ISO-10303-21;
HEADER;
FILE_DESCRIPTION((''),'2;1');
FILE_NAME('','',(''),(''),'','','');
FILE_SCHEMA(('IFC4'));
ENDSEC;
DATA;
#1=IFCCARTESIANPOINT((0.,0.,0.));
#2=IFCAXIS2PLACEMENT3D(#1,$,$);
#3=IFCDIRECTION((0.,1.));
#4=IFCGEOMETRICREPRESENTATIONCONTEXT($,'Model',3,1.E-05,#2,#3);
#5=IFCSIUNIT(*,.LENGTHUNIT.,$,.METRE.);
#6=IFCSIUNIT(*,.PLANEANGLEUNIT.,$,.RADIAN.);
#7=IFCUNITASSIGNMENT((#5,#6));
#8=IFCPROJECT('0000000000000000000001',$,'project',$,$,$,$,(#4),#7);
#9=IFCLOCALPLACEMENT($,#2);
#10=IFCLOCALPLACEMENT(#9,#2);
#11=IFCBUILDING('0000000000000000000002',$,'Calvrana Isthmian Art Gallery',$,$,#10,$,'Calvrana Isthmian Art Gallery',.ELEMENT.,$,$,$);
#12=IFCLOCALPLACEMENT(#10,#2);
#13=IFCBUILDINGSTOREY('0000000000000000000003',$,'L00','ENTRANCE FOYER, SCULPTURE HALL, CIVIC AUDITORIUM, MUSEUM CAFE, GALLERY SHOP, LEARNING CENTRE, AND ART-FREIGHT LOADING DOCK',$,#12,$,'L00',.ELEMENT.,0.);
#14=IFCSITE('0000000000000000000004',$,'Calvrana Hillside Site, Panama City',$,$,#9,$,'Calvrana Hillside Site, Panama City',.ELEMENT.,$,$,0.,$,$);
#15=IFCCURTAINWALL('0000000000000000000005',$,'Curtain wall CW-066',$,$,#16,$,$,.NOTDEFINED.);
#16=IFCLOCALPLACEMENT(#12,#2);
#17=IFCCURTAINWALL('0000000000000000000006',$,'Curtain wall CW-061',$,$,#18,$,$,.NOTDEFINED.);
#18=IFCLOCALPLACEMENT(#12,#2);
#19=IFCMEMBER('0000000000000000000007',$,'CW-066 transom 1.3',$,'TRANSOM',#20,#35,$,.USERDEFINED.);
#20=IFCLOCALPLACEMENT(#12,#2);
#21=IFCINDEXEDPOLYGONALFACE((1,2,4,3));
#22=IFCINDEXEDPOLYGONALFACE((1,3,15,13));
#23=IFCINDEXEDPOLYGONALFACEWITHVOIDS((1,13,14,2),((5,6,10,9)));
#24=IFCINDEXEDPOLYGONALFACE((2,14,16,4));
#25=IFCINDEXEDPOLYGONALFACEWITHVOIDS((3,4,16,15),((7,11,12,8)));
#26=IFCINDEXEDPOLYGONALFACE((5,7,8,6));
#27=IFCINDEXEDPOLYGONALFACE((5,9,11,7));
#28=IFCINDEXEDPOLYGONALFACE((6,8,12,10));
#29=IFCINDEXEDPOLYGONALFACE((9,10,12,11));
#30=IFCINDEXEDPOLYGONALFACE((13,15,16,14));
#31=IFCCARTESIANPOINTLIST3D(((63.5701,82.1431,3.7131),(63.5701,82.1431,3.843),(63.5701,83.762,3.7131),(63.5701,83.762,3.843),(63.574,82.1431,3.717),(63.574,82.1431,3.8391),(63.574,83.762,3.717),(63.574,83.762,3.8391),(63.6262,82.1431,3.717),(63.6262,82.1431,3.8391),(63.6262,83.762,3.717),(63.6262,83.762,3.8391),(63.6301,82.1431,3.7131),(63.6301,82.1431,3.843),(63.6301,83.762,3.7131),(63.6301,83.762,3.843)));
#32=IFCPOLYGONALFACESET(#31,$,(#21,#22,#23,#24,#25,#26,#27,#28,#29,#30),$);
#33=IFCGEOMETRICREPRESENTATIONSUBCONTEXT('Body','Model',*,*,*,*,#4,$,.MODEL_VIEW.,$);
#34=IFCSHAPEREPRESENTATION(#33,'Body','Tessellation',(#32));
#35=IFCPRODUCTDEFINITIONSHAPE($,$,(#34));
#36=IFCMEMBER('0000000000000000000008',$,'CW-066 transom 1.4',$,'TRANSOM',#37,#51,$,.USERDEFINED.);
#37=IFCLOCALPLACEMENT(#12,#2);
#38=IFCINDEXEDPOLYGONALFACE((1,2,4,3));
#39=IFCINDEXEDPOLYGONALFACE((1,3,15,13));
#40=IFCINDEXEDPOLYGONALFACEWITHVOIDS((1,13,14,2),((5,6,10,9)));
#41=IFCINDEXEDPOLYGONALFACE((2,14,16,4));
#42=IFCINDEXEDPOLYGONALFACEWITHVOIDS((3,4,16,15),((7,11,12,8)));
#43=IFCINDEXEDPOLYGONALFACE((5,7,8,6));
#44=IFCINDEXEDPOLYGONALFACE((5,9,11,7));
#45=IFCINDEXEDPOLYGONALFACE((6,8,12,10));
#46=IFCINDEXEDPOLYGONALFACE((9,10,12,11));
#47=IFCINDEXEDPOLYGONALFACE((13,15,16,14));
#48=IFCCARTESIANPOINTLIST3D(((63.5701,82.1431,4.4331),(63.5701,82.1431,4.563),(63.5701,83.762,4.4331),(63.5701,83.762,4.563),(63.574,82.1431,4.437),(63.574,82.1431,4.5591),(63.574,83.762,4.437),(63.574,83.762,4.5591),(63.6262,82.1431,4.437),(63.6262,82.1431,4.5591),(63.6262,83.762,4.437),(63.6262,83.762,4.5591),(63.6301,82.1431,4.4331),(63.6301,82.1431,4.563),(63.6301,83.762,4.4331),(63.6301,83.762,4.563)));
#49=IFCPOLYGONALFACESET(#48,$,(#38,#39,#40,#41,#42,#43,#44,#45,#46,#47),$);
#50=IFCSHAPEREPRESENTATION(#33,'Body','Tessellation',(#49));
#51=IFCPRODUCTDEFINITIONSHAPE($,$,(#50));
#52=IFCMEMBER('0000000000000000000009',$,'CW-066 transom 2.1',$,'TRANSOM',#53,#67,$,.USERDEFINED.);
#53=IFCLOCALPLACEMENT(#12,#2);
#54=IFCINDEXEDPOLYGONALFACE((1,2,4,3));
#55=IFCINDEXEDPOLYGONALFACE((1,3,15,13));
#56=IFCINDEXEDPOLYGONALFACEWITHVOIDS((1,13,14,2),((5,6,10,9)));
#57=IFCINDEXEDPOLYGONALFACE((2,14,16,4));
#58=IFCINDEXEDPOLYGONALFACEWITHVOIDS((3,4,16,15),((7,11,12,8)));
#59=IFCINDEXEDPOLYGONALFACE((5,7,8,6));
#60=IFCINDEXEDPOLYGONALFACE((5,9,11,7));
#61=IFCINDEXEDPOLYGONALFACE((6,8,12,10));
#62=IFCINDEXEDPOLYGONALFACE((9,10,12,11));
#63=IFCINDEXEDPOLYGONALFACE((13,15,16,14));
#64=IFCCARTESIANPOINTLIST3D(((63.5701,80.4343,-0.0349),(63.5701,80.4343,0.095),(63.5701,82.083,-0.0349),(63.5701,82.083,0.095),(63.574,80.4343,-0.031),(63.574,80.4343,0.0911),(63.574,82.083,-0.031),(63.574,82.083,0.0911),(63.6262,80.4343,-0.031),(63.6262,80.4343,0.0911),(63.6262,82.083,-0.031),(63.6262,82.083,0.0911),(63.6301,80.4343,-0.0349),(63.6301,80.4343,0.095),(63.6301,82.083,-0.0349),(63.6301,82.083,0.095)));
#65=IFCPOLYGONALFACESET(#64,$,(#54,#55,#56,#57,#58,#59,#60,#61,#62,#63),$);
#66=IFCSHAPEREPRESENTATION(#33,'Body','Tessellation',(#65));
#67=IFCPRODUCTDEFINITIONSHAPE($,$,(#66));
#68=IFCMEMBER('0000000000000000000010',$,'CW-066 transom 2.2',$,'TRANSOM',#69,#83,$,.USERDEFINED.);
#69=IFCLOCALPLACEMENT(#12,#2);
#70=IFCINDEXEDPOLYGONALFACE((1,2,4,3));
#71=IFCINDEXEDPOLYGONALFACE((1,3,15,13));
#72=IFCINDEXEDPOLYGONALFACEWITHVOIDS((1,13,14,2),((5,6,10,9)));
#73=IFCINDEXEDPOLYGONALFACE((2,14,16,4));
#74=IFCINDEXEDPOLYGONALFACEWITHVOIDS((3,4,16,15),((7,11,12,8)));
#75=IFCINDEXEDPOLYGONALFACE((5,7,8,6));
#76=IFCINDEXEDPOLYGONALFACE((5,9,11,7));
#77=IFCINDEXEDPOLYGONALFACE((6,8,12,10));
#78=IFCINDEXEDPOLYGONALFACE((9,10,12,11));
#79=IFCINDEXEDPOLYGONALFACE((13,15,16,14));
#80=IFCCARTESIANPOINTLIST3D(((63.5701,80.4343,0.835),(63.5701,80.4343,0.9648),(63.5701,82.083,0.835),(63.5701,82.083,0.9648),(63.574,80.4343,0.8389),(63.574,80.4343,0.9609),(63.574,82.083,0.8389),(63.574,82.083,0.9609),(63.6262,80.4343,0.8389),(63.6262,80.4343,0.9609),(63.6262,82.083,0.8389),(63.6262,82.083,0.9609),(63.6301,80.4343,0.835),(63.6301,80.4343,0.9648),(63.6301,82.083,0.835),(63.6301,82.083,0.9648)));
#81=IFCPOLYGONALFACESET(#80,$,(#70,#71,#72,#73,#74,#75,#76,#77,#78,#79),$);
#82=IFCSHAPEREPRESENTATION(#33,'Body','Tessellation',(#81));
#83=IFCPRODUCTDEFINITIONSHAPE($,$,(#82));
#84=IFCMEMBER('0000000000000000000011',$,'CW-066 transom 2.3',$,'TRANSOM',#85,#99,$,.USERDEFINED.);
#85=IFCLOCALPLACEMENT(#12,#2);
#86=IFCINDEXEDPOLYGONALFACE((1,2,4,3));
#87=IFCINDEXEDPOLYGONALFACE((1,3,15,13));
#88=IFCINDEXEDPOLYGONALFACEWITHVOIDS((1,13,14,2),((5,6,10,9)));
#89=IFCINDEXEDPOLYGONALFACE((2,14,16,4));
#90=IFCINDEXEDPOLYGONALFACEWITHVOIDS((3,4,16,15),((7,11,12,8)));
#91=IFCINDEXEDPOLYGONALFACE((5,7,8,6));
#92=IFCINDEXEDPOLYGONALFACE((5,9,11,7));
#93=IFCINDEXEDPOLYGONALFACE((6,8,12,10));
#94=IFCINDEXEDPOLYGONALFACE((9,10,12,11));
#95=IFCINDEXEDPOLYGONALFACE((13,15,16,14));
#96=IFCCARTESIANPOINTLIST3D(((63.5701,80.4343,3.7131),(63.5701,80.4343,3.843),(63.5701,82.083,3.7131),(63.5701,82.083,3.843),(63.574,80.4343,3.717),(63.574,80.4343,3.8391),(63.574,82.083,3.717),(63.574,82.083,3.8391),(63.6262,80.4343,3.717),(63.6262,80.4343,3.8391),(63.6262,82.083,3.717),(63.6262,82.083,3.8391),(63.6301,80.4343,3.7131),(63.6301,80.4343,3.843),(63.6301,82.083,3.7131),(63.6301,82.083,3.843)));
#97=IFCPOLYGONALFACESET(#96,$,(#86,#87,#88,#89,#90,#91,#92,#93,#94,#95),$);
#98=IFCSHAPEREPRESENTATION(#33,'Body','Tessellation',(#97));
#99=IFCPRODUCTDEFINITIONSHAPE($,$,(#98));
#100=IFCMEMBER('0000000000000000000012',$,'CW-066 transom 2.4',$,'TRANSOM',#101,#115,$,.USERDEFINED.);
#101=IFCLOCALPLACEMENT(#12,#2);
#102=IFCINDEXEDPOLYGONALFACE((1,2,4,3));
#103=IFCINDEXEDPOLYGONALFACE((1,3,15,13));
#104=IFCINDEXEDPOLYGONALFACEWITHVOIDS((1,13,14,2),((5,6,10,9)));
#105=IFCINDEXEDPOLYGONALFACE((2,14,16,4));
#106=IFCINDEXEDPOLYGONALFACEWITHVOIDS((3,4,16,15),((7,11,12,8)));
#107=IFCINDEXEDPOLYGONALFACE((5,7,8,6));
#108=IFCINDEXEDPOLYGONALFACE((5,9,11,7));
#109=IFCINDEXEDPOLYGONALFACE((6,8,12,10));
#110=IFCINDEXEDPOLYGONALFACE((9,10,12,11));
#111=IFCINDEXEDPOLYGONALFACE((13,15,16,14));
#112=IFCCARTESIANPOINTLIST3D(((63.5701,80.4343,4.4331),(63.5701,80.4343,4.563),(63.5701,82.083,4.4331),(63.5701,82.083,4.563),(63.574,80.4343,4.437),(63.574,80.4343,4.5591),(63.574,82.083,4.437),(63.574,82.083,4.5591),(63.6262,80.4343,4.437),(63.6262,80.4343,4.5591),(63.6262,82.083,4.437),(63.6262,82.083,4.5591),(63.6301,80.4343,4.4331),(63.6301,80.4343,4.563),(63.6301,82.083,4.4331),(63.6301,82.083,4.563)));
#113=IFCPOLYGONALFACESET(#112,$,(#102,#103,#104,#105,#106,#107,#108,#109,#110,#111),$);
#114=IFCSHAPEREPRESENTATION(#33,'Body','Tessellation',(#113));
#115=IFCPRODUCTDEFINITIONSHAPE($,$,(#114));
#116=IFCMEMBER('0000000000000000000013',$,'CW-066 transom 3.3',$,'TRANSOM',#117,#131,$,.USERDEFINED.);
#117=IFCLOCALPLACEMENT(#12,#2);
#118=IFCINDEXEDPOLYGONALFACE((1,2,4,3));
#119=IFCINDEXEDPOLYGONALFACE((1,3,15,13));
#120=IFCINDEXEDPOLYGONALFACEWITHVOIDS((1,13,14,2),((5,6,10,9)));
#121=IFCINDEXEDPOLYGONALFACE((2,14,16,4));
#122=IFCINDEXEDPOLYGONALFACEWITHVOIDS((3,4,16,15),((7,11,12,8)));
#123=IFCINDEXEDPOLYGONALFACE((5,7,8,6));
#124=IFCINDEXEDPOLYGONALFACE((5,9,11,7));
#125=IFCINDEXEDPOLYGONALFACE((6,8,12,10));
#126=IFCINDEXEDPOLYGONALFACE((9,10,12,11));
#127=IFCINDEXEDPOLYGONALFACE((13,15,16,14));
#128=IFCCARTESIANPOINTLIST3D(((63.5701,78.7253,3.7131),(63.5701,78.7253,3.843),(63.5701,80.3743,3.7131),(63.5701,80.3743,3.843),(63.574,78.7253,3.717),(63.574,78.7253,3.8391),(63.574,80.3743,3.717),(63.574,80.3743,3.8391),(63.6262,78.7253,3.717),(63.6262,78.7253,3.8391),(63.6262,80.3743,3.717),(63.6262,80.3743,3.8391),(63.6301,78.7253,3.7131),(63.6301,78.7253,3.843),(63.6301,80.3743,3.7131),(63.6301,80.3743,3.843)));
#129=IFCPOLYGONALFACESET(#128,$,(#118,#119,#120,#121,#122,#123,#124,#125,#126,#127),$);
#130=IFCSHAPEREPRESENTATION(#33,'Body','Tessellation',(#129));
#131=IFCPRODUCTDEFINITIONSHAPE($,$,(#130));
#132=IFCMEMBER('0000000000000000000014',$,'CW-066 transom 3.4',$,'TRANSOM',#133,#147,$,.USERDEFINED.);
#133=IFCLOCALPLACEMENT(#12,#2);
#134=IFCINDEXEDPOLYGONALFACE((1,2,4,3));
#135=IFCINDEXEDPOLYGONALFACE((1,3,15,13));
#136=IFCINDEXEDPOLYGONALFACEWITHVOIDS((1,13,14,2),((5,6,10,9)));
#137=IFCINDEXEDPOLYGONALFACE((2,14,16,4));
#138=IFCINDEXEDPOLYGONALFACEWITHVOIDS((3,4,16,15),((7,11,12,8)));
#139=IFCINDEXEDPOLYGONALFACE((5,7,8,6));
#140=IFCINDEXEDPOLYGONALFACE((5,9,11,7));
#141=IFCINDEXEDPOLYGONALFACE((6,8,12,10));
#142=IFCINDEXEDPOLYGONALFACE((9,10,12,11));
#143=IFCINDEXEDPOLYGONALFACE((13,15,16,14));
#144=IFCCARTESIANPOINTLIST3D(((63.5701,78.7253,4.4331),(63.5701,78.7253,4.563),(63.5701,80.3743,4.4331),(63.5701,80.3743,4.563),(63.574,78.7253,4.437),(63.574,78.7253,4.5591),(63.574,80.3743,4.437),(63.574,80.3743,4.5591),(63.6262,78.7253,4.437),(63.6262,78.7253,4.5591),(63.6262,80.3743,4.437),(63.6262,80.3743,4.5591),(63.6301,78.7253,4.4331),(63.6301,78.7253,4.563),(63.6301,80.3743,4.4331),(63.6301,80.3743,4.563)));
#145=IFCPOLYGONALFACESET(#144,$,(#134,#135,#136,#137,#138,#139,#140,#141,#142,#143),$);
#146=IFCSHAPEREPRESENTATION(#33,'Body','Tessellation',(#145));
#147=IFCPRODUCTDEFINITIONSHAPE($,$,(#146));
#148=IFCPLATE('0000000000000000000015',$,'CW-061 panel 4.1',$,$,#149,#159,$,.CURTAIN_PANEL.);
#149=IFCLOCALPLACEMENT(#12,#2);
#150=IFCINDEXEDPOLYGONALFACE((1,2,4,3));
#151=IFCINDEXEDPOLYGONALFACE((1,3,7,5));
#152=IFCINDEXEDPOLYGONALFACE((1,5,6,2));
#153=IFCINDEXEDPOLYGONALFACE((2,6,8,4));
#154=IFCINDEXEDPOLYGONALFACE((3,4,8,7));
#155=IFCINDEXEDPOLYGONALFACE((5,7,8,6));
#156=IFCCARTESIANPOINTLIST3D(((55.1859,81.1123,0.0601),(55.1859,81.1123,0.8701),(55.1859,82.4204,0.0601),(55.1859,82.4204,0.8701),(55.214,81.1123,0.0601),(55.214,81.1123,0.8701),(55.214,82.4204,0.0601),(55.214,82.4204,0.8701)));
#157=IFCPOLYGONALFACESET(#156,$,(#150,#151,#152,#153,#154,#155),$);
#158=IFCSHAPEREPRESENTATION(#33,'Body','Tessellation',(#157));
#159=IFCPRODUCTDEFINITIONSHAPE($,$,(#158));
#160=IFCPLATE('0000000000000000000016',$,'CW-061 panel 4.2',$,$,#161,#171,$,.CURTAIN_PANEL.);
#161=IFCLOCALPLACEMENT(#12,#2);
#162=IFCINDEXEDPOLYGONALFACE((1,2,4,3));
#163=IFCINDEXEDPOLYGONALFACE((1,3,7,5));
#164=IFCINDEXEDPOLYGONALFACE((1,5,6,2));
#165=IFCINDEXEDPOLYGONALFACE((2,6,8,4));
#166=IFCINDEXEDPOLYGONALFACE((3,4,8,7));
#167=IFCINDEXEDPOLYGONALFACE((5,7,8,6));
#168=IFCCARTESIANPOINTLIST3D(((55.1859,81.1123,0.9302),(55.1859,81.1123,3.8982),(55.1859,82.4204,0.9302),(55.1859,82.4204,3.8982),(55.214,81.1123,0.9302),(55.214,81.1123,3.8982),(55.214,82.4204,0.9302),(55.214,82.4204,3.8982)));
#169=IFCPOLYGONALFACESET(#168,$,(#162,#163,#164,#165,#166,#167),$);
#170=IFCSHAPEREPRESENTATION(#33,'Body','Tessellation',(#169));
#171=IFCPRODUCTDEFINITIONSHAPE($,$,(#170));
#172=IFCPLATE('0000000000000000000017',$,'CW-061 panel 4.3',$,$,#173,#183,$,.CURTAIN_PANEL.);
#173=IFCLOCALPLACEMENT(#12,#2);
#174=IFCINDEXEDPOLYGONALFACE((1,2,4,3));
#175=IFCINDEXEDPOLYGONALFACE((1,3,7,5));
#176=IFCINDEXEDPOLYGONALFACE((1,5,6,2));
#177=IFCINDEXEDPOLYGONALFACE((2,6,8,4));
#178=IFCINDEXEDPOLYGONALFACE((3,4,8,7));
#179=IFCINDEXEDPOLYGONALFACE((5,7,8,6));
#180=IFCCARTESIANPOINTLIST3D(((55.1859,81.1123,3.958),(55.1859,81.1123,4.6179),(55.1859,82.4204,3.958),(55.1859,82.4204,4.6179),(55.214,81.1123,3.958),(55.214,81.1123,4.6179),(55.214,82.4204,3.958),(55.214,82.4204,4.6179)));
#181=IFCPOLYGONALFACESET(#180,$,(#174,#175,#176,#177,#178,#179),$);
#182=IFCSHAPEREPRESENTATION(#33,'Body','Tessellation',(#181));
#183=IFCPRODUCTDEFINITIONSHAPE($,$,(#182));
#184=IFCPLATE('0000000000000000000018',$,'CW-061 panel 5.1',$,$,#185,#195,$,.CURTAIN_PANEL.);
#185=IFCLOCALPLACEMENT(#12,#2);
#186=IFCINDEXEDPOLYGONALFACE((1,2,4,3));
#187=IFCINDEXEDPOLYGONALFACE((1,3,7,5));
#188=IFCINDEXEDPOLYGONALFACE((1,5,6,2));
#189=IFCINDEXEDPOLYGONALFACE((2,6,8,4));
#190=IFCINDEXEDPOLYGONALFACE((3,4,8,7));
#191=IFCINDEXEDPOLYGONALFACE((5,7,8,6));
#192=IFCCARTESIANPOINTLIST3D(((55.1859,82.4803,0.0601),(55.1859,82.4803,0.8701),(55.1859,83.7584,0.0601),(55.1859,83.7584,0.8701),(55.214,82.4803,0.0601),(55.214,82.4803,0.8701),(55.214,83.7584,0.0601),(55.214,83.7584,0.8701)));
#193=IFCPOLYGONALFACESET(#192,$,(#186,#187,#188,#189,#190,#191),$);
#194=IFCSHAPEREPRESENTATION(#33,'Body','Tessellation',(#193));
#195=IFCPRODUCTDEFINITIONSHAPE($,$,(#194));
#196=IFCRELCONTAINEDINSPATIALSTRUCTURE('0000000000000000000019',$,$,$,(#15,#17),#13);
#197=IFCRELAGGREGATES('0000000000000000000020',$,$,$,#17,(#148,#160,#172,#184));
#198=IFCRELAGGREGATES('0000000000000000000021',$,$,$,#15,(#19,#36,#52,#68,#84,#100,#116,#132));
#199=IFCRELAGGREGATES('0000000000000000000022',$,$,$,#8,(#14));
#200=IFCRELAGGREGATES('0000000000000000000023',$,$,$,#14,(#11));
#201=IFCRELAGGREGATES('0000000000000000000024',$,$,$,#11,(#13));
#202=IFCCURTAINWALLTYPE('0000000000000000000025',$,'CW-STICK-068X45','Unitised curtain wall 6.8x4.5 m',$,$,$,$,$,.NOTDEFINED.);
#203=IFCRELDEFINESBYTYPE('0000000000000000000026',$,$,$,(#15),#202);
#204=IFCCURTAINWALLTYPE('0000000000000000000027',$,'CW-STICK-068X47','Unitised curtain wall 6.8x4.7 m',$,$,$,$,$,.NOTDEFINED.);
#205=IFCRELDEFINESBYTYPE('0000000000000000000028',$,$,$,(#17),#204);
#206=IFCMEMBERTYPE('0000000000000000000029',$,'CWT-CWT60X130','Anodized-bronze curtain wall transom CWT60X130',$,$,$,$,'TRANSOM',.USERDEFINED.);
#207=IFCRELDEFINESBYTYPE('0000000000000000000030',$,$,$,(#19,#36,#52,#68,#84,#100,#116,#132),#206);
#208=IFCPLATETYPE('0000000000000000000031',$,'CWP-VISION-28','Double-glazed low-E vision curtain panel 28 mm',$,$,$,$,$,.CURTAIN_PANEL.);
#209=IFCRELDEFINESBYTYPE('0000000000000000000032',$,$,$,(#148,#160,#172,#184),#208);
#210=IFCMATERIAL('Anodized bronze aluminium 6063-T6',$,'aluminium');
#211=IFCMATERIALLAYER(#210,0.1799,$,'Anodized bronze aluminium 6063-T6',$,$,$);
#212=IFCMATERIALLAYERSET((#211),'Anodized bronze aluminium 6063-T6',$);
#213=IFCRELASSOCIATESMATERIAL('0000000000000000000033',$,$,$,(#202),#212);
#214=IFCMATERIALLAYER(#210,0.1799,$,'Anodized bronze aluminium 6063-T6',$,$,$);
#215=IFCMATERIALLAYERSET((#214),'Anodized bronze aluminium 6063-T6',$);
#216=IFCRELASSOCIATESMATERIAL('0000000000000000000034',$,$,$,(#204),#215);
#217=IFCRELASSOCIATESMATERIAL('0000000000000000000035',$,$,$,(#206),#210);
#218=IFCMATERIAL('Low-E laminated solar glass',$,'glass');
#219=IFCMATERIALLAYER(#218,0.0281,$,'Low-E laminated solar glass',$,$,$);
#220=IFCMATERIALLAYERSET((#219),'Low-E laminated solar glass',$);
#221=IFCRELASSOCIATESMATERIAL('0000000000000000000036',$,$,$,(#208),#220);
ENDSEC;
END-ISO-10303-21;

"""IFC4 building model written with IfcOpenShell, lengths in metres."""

from ifc_helpers import new_model, si_unit, direction, frame, origin, origin_2d, place, context, subcontext, project, spatial, rectangle, hollow_rectangle, extrude, material, layer, layer_set, material_profile, profile_set, type_object, element, aggregate, save


model = new_model("IFC4")

# Units and contexts
model_context = context("Model", 3, precision=1e-05, world=origin(), true_north=direction((0.0, 1.0)))
body_context = subcontext(model_context, "Body", "Model", "MODEL_VIEW")
ifc_project = project(units=[si_unit("LENGTHUNIT", "METRE"), si_unit("PLANEANGLEUNIT", "RADIAN")], contexts=[model_context])

# Site, building, storey
site_placement = place(None, origin())
site = spatial("IfcSite", under=ifc_project, at=site_placement, Name="Calvrana Hillside Site, Panama City", LongName="Calvrana Hillside Site, Panama City", CompositionType="ELEMENT", RefElevation=0.0)
building_placement = place(site_placement, origin())
building = spatial("IfcBuilding", under=site, at=building_placement, Name="Calvrana Isthmian Art Gallery", LongName="Calvrana Isthmian Art Gallery", CompositionType="ELEMENT")
storey_placement = place(building_placement, origin())
storey = spatial("IfcBuildingStorey", under=building, at=storey_placement, Name="L00", Description="ENTRANCE FOYER, SCULPTURE HALL, CIVIC AUDITORIUM, MUSEUM CAFE, GALLERY SHOP, LEARNING CENTRE, AND ART-FREIGHT LOADING DOCK", LongName="L00", CompositionType="ELEMENT", Elevation=0.0)

# Curtain walls
ifc_material_1 = material(Name="Anodized bronze aluminium 6063-T6", Category="aluminium")
ifc_layer_1 = layer(ifc_material_1, 0.1799, Name="Anodized bronze aluminium 6063-T6")
ifc_layer_set_1 = layer_set([ifc_layer_1], Name="Anodized bronze aluminium 6063-T6")
curtain_wall_type_1 = type_object("IfcCurtainWallType", Name="CW-STICK-068X45", Description="Unitised curtain wall 6.8x4.5 m", PredefinedType="NOTDEFINED", material=ifc_layer_set_1)
curtain_wall_1_placement = place(storey_placement, origin())
curtain_wall_1 = element("IfcCurtainWall", 1, at=curtain_wall_1_placement, inside=storey, type_object=curtain_wall_type_1, Name="Curtain wall CW-066", PredefinedType="NOTDEFINED")
ifc_layer_2 = layer(ifc_material_1, 0.1799, Name="Anodized bronze aluminium 6063-T6")
ifc_layer_set_2 = layer_set([ifc_layer_2], Name="Anodized bronze aluminium 6063-T6")
curtain_wall_type_2 = type_object("IfcCurtainWallType", Name="CW-STICK-068X47", Description="Unitised curtain wall 6.8x4.7 m", PredefinedType="NOTDEFINED", material=ifc_layer_set_2)
curtain_wall_2_placement = place(storey_placement, origin())
curtain_wall_2 = element("IfcCurtainWall", 2, at=curtain_wall_2_placement, inside=storey, type_object=curtain_wall_type_2, Name="Curtain wall CW-061", PredefinedType="NOTDEFINED")
ifc_material_profile_1 = material_profile(ifc_material_1, hollow_rectangle(XDim=0.0601, YDim=0.1299, WallThickness=0.0039, at=origin_2d()), Name="CWT60X130")
ifc_profile_set_1 = profile_set([ifc_material_profile_1], Name="Anodized bronze aluminium 6063-T6")
member_type_1 = type_object("IfcMemberType", Name="CWT-CWT60X130", Description="Anodized-bronze curtain wall transom CWT60X130", ElementType="TRANSOM", PredefinedType="USERDEFINED", material=ifc_profile_set_1)

# Members
member_1_placement = place(storey_placement, frame((63.6001, 83.762, 3.7781), z_axis=(0.0, -1.0, 0.0), x_axis=(1.0, 0.0, 0.0)))
member_1 = element("IfcMember", 3, at=member_1_placement, type_object=member_type_1, Name="CW-066 transom 1.3", ObjectType="TRANSOM", PredefinedType="USERDEFINED", context=body_context, shape_type="SweptSolid", body=[
    extrude(hollow_rectangle(XDim=0.0601, YDim=0.1299, WallThickness=0.0039, at=origin_2d()), origin(), (0.0, 0.0, 1.0), 1.6189),
])
member_2_placement = place(storey_placement, frame((63.6001, 83.762, 4.498), z_axis=(0.0, -1.0, 0.0), x_axis=(1.0, 0.0, 0.0)))
member_2 = element("IfcMember", 4, at=member_2_placement, type_object=member_type_1, Name="CW-066 transom 1.4", ObjectType="TRANSOM", PredefinedType="USERDEFINED", context=body_context, shape_type="SweptSolid", body=[
    extrude(hollow_rectangle(XDim=0.0601, YDim=0.1299, WallThickness=0.0039, at=origin_2d()), origin(), (0.0, 0.0, 1.0), 1.6189),
])
member_3_placement = place(storey_placement, frame((63.6001, 82.083, 0.03), z_axis=(0.0, -1.0, 0.0), x_axis=(1.0, 0.0, 0.0)))
member_3 = element("IfcMember", 5, at=member_3_placement, type_object=member_type_1, Name="CW-066 transom 2.1", ObjectType="TRANSOM", PredefinedType="USERDEFINED", context=body_context, shape_type="SweptSolid", body=[
    extrude(hollow_rectangle(XDim=0.0601, YDim=0.1299, WallThickness=0.0039, at=origin_2d()), origin(), (0.0, 0.0, 1.0), 1.6487),
])
member_4_placement = place(storey_placement, frame((63.6001, 82.083, 0.8999), z_axis=(0.0, -1.0, 0.0), x_axis=(1.0, 0.0, 0.0)))
member_4 = element("IfcMember", 6, at=member_4_placement, type_object=member_type_1, Name="CW-066 transom 2.2", ObjectType="TRANSOM", PredefinedType="USERDEFINED", context=body_context, shape_type="SweptSolid", body=[
    extrude(hollow_rectangle(XDim=0.0601, YDim=0.1299, WallThickness=0.0039, at=origin_2d()), origin(), (0.0, 0.0, 1.0), 1.6487),
])
member_5_placement = place(storey_placement, frame((63.6001, 82.083, 3.7781), z_axis=(0.0, -1.0, 0.0), x_axis=(1.0, 0.0, 0.0)))
member_5 = element("IfcMember", 7, at=member_5_placement, type_object=member_type_1, Name="CW-066 transom 2.3", ObjectType="TRANSOM", PredefinedType="USERDEFINED", context=body_context, shape_type="SweptSolid", body=[
    extrude(hollow_rectangle(XDim=0.0601, YDim=0.1299, WallThickness=0.0039, at=origin_2d()), origin(), (0.0, 0.0, 1.0), 1.6487),
])
member_6_placement = place(storey_placement, frame((63.6001, 82.083, 4.498), z_axis=(0.0, -1.0, 0.0), x_axis=(1.0, 0.0, 0.0)))
member_6 = element("IfcMember", 8, at=member_6_placement, type_object=member_type_1, Name="CW-066 transom 2.4", ObjectType="TRANSOM", PredefinedType="USERDEFINED", context=body_context, shape_type="SweptSolid", body=[
    extrude(hollow_rectangle(XDim=0.0601, YDim=0.1299, WallThickness=0.0039, at=origin_2d()), origin(), (0.0, 0.0, 1.0), 1.6487),
])
member_7_placement = place(storey_placement, frame((63.6001, 80.3743, 3.7781), z_axis=(0.0, -1.0, 0.0), x_axis=(1.0, 0.0, 0.0)))
member_7 = element("IfcMember", 9, at=member_7_placement, type_object=member_type_1, Name="CW-066 transom 3.3", ObjectType="TRANSOM", PredefinedType="USERDEFINED", context=body_context, shape_type="SweptSolid", body=[
    extrude(hollow_rectangle(XDim=0.0601, YDim=0.1299, WallThickness=0.0039, at=origin_2d()), origin(), (0.0, 0.0, 1.0), 1.6489),
])
member_8_placement = place(storey_placement, frame((63.6001, 80.3743, 4.498), z_axis=(0.0, -1.0, 0.0), x_axis=(1.0, 0.0, 0.0)))
member_8 = element("IfcMember", 10, at=member_8_placement, type_object=member_type_1, Name="CW-066 transom 3.4", ObjectType="TRANSOM", PredefinedType="USERDEFINED", context=body_context, shape_type="SweptSolid", body=[
    extrude(hollow_rectangle(XDim=0.0601, YDim=0.1299, WallThickness=0.0039, at=origin_2d()), origin(), (0.0, 0.0, 1.0), 1.6489),
])

# Plates
ifc_material_2 = material(Name="Low-E laminated solar glass", Category="glass")
ifc_layer_3 = layer(ifc_material_2, 0.0281, Name="Low-E laminated solar glass")
ifc_layer_set_3 = layer_set([ifc_layer_3], Name="Low-E laminated solar glass")
plate_type = type_object("IfcPlateType", Name="CWP-VISION-28", Description="Double-glazed low-E vision curtain panel 28 mm", PredefinedType="CURTAIN_PANEL", material=ifc_layer_set_3)
plate_1_placement = place(storey_placement, frame((55.2, 81.7664, 0.0601), z_axis=(0.0, 0.0, 1.0), x_axis=(0.0, 1.0, 0.0)))
plate_1 = element("IfcPlate", 11, at=plate_1_placement, type_object=plate_type, Name="CW-061 panel 4.1", PredefinedType="CURTAIN_PANEL", context=body_context, shape_type="SweptSolid", body=[
    extrude(rectangle(XDim=1.3081, YDim=0.0281, at=origin_2d()), origin(), (0.0, 0.0, 1.0), 0.8101),
])
plate_2_placement = place(storey_placement, frame((55.2, 81.7664, 0.9302), z_axis=(0.0, 0.0, 1.0), x_axis=(0.0, 1.0, 0.0)))
plate_2 = element("IfcPlate", 12, at=plate_2_placement, type_object=plate_type, Name="CW-061 panel 4.2", PredefinedType="CURTAIN_PANEL", context=body_context, shape_type="SweptSolid", body=[
    extrude(rectangle(XDim=1.3081, YDim=0.0281, at=origin_2d()), origin(), (0.0, 0.0, 1.0), 2.968),
])
plate_3_placement = place(storey_placement, frame((55.2, 81.7664, 3.958), z_axis=(0.0, 0.0, 1.0), x_axis=(0.0, 1.0, 0.0)))
plate_3 = element("IfcPlate", 13, at=plate_3_placement, type_object=plate_type, Name="CW-061 panel 4.3", PredefinedType="CURTAIN_PANEL", context=body_context, shape_type="SweptSolid", body=[
    extrude(rectangle(XDim=1.3081, YDim=0.0281, at=origin_2d()), origin(), (0.0, 0.0, 1.0), 0.6599),
])
plate_4_placement = place(storey_placement, frame((55.2, 83.1194, 0.0601), z_axis=(0.0, 0.0, 1.0), x_axis=(0.0, 1.0, 0.0)))
plate_4 = element("IfcPlate", 14, at=plate_4_placement, type_object=plate_type, Name="CW-061 panel 5.1", PredefinedType="CURTAIN_PANEL", context=body_context, shape_type="SweptSolid", body=[
    extrude(rectangle(XDim=1.2781, YDim=0.0281, at=origin_2d()), origin(), (0.0, 0.0, 1.0), 0.8101),
])
aggregate(curtain_wall_2, [plate_1, plate_2, plate_3, plate_4])
aggregate(curtain_wall_1, [member_1, member_2, member_3, member_4, member_5, member_6, member_7, member_8])

save(model, "model.ifc")
